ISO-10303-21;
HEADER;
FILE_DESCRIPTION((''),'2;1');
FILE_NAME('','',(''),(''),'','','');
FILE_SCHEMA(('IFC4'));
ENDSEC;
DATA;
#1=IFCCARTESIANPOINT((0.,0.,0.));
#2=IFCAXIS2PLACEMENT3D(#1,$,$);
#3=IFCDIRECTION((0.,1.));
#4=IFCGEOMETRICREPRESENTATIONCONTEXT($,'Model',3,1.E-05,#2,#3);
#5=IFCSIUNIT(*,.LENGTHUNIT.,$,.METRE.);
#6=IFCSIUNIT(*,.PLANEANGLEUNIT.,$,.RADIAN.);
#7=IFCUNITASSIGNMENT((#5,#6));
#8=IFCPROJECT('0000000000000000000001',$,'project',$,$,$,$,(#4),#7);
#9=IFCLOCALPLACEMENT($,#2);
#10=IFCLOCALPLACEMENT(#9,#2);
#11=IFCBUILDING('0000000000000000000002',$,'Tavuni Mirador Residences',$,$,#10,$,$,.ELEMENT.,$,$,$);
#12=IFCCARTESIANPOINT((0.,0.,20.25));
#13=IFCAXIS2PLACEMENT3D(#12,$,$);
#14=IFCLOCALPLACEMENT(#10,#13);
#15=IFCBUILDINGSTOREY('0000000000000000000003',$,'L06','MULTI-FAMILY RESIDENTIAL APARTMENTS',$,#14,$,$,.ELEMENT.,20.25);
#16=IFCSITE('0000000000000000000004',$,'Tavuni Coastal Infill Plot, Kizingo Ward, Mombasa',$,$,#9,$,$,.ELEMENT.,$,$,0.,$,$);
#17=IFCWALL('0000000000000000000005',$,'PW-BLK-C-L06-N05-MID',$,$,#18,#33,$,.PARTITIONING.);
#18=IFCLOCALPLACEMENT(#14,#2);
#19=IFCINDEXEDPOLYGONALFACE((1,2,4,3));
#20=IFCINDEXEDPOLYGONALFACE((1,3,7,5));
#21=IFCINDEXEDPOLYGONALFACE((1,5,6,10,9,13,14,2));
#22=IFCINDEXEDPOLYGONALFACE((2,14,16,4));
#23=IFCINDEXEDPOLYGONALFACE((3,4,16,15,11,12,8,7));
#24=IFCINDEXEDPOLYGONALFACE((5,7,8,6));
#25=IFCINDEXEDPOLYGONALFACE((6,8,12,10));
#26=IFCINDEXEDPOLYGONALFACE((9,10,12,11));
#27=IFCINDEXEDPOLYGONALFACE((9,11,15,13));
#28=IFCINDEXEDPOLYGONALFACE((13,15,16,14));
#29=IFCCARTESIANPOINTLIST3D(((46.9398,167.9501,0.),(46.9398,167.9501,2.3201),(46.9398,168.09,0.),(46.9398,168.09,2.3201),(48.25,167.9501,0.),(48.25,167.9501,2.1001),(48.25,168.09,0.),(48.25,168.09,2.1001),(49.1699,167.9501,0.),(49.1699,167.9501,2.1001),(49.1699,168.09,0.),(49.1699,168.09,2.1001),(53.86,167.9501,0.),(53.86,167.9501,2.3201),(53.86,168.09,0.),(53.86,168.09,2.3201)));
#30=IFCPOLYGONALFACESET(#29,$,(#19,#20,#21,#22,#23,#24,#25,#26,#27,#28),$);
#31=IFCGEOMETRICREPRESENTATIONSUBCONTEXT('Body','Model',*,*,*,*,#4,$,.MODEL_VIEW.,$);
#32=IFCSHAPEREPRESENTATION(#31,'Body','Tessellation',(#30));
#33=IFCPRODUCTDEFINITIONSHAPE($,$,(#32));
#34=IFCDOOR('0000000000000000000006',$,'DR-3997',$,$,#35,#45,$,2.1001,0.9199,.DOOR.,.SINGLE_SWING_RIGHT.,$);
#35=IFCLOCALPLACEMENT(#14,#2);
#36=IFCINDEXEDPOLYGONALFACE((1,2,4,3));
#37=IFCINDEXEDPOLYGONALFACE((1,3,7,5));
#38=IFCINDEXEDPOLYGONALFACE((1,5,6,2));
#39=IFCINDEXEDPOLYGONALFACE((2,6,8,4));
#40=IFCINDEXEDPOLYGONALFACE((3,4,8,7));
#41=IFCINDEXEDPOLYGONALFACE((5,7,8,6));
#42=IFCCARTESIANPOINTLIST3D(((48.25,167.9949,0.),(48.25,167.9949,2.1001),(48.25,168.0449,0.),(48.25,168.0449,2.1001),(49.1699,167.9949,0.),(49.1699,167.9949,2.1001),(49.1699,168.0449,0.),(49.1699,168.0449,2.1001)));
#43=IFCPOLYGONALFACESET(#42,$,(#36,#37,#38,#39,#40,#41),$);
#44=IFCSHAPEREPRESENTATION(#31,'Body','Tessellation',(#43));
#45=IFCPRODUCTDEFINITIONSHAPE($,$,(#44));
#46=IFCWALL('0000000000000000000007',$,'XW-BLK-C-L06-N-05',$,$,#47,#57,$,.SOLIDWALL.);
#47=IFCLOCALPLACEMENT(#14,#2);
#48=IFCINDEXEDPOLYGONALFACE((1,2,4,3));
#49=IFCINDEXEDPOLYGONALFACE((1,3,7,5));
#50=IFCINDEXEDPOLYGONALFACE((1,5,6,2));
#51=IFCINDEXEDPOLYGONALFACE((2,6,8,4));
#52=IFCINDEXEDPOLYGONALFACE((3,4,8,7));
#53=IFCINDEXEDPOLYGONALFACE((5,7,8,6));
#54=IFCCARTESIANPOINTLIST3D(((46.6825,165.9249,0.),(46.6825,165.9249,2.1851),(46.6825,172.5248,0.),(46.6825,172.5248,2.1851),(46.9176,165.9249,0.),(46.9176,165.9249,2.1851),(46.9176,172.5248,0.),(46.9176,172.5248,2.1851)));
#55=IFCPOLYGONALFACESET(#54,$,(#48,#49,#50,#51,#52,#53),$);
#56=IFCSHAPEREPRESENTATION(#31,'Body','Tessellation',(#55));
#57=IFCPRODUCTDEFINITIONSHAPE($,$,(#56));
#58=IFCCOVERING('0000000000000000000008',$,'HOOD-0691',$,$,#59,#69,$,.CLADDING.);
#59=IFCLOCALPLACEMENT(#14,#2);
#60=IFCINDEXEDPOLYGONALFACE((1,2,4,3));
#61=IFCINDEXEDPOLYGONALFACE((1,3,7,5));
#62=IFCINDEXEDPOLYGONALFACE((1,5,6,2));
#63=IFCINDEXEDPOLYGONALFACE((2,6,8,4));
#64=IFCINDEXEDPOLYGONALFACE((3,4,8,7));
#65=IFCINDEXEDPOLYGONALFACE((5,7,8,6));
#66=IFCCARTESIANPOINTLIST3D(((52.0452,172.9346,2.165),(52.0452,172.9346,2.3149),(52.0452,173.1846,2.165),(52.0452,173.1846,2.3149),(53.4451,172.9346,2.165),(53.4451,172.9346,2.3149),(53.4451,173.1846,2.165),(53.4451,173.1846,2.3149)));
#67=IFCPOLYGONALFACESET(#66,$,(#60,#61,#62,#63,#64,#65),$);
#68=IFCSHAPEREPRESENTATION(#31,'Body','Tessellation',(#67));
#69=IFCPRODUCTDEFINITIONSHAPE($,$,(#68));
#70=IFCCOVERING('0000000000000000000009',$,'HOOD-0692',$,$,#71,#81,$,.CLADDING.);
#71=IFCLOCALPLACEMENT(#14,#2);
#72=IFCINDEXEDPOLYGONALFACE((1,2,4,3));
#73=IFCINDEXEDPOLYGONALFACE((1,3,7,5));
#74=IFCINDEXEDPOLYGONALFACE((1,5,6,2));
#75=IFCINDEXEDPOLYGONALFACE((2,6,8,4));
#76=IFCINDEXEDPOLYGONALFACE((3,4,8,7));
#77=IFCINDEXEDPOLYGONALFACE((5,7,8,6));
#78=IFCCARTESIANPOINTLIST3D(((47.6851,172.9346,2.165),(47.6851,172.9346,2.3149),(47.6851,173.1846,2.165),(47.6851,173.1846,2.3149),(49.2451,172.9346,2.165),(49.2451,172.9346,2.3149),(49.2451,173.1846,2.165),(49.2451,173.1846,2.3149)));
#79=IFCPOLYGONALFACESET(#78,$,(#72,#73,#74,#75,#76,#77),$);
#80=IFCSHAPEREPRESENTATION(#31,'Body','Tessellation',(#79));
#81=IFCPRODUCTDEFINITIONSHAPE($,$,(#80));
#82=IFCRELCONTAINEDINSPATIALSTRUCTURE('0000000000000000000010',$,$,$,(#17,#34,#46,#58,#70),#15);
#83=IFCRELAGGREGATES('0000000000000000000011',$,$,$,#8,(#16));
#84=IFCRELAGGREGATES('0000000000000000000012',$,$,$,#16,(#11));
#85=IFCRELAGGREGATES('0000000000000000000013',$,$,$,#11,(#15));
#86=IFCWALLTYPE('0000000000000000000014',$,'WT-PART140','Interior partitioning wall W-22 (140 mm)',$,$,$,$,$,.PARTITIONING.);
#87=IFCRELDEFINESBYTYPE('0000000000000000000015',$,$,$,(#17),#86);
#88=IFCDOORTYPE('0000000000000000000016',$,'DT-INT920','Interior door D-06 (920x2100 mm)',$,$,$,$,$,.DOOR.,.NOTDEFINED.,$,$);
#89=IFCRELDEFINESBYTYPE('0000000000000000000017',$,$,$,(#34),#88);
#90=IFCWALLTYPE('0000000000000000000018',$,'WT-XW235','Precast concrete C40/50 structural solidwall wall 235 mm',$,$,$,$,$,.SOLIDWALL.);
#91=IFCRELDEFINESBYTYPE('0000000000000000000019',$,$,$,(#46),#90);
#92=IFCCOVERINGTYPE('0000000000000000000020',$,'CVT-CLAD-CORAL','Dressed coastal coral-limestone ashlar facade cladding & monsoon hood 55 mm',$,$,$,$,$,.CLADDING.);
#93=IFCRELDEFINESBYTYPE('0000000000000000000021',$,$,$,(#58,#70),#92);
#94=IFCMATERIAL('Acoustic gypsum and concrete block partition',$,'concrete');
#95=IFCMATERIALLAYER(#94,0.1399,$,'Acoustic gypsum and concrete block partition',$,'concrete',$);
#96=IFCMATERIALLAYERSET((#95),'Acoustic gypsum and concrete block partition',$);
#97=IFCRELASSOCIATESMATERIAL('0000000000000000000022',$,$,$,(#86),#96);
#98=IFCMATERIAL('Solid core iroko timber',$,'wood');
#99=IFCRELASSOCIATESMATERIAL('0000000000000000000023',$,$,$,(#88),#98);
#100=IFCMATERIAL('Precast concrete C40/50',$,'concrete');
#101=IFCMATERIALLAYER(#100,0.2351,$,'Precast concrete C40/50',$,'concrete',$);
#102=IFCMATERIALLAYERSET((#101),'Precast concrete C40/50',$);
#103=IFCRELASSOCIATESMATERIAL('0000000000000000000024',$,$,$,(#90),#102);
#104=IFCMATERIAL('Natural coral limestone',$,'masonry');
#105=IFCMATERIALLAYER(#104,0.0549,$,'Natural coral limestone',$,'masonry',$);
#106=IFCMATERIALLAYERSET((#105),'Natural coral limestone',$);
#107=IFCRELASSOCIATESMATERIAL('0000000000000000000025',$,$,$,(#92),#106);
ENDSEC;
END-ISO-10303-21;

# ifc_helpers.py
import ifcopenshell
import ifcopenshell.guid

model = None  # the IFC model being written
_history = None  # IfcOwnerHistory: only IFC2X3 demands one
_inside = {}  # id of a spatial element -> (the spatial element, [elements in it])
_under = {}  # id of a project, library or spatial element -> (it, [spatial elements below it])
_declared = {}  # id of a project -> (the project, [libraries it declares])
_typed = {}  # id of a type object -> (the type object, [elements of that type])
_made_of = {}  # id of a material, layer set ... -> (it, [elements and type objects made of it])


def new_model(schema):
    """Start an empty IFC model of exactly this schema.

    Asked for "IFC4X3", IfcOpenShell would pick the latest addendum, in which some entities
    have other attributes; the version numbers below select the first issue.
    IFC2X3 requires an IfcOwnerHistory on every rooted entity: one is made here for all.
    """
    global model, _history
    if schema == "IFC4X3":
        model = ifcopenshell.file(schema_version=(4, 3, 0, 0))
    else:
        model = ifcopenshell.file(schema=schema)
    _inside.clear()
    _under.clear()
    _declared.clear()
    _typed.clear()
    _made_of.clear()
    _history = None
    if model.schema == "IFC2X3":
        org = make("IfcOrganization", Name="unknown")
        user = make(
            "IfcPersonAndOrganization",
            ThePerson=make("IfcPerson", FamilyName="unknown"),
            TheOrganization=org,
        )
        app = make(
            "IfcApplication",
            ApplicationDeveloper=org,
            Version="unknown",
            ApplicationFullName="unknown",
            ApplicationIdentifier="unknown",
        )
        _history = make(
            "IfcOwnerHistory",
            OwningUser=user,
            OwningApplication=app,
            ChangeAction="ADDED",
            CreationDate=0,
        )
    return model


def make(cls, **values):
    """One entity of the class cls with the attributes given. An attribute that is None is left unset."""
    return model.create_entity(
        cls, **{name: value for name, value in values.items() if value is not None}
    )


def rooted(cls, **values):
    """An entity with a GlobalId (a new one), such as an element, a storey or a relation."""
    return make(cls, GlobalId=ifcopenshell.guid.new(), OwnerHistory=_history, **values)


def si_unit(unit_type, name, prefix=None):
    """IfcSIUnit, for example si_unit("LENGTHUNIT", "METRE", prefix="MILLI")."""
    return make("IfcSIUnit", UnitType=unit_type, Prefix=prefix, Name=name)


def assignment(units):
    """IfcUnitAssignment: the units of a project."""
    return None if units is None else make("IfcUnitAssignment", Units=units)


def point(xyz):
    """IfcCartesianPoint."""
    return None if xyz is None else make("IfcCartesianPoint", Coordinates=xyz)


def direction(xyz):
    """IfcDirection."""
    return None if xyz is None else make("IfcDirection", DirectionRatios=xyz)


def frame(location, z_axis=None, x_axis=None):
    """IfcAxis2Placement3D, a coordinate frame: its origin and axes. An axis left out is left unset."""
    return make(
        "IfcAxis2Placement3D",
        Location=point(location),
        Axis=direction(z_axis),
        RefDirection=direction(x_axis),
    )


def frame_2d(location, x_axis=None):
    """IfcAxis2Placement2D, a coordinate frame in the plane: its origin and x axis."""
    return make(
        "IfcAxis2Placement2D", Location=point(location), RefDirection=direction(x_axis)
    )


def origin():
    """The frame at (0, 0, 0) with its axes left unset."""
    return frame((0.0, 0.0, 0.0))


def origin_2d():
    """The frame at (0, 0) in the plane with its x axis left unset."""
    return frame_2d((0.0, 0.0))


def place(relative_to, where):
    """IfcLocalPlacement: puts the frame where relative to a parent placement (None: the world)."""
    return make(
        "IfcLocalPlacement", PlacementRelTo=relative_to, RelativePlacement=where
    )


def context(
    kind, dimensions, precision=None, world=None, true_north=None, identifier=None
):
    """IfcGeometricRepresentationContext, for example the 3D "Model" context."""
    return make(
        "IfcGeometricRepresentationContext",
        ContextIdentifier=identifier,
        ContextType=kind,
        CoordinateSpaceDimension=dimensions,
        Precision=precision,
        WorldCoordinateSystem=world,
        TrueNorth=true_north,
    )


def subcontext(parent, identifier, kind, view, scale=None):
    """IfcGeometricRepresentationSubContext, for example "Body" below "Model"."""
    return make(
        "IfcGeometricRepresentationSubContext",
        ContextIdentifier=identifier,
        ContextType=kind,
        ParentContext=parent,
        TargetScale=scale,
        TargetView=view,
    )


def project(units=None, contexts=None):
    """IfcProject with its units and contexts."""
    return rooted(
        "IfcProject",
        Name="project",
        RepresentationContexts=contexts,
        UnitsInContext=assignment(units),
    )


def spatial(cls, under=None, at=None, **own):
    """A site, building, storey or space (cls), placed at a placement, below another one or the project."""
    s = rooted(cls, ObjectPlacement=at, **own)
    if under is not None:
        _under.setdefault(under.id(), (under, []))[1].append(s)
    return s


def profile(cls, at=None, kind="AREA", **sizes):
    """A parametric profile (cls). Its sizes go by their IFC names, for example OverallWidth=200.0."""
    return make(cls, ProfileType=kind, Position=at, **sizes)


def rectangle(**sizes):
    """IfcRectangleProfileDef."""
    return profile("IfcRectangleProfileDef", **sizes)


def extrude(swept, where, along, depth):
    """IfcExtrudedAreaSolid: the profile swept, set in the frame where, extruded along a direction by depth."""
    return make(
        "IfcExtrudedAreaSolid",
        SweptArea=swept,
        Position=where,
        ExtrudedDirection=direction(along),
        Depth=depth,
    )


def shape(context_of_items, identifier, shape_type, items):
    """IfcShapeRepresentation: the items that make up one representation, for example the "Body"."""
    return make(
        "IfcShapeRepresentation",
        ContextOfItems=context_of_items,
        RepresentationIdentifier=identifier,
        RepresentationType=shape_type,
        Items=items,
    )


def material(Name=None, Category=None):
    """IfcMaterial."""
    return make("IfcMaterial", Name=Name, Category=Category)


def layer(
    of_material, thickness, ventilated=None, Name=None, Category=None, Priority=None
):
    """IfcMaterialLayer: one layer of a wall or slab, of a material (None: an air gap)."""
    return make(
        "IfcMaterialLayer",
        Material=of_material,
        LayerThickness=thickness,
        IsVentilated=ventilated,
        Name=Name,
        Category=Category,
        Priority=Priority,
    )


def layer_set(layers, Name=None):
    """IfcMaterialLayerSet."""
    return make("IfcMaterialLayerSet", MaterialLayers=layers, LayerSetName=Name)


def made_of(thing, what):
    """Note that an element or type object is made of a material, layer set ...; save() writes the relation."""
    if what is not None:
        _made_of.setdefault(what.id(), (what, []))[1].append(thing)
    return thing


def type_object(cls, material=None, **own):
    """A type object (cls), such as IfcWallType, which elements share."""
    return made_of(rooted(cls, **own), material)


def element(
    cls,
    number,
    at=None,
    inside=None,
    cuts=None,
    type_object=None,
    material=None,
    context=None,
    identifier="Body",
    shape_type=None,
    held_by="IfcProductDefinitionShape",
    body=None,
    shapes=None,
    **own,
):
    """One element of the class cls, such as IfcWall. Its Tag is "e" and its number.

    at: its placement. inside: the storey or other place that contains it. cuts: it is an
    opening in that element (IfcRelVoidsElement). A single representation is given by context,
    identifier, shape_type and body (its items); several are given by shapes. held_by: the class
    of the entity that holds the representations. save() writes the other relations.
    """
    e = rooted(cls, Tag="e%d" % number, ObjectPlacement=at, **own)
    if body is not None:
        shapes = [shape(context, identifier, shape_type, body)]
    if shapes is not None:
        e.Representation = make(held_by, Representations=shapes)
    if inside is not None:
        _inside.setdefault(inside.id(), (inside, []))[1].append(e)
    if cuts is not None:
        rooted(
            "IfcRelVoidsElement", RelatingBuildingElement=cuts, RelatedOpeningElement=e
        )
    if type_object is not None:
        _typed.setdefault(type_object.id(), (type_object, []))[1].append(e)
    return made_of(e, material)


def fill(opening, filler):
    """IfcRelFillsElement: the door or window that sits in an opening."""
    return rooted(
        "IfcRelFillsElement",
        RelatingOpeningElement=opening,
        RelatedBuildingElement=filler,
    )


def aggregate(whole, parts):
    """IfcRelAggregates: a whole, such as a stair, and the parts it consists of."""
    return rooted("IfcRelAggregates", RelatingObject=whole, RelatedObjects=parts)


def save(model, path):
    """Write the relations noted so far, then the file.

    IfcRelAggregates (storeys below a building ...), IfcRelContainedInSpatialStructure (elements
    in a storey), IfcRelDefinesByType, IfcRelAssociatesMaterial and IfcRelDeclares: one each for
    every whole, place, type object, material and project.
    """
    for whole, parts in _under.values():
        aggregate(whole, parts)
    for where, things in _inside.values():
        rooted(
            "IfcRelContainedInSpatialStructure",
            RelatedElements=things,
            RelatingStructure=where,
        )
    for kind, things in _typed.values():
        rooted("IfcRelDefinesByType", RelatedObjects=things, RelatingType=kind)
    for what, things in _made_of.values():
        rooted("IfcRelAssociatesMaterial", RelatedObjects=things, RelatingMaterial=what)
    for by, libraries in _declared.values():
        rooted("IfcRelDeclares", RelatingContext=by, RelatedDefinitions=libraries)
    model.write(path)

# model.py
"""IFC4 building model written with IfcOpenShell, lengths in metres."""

from ifc_helpers import new_model, si_unit, direction, frame, frame_2d, origin, origin_2d, place, context, subcontext, project, spatial, rectangle, extrude, material, layer, layer_set, type_object, element, fill, save


model = new_model("IFC4")

# Units and contexts
model_context = context("Model", 3, precision=1e-05, world=origin(), true_north=direction((0.0, 1.0)))
body_context = subcontext(model_context, "Body", "Model", "MODEL_VIEW")
ifc_project = project(units=[si_unit("LENGTHUNIT", "METRE"), si_unit("PLANEANGLEUNIT", "RADIAN")], contexts=[model_context])

# Site, building, storey
site_placement = place(None, origin())
site = spatial("IfcSite", under=ifc_project, at=site_placement, Name="Tavuni Coastal Infill Plot, Kizingo Ward, Mombasa", CompositionType="ELEMENT", RefElevation=0.0)
building_placement = place(site_placement, origin())
building = spatial("IfcBuilding", under=site, at=building_placement, Name="Tavuni Mirador Residences", CompositionType="ELEMENT")
storey_placement = place(building_placement, frame((0.0, 0.0, 20.25)))
storey = spatial("IfcBuildingStorey", under=building, at=storey_placement, Name="L06", Description="MULTI-FAMILY RESIDENTIAL APARTMENTS", CompositionType="ELEMENT", Elevation=20.25)

# Shared definitions
ifc_material_1 = material(Name="Precast concrete C40/50", Category="concrete")

# Shared definitions
ifc_material_2 = material(Name="Solid core iroko timber", Category="wood")

# Wall, opening, door
ifc_material_3 = material(Name="Acoustic gypsum and concrete block partition", Category="concrete")
ifc_layer_1 = layer(ifc_material_3, 0.1399, Name="Acoustic gypsum and concrete block partition", Category="concrete")
ifc_layer_set_1 = layer_set([ifc_layer_1], Name="Acoustic gypsum and concrete block partition")
wall_type_1 = type_object("IfcWallType", Name="WT-PART140", Description="Interior partitioning wall W-22 (140 mm)", PredefinedType="PARTITIONING", material=ifc_layer_set_1)
wall_1_placement = place(storey_placement, frame((46.9399, 168.02, 0.0), z_axis=(0.0, 0.0, 1.0), x_axis=(1.0, 0.0, 0.0)))
wall_1 = element("IfcWall", 1, at=wall_1_placement, inside=storey, type_object=wall_type_1, Name="PW-BLK-C-L06-N05-MID", PredefinedType="PARTITIONING", context=body_context, shape_type="SweptSolid", body=[
    extrude(rectangle(XDim=6.9202, YDim=0.1399, at=frame_2d((3.46, 0.0))), origin(), (0.0, 0.0, 1.0), 2.3201),
])
opening_1_placement = place(wall_1_placement, frame((1.3101, 0.0, 0.0)))
opening_1 = element("IfcOpeningElement", 2, at=opening_1_placement, cuts=wall_1, PredefinedType="OPENING", context=body_context, shape_type="SweptSolid", body=[
    extrude(rectangle(XDim=0.9199, YDim=2.1001, at=frame_2d((0.46, 1.05))), frame((0.0, 0.0801, 0.0), z_axis=(0.0, -1.0, 0.0), x_axis=(1.0, 0.0, 0.0)), (0.0, 0.0, 1.0), 0.1599),
])
door_type_1 = type_object("IfcDoorType", Name="DT-INT920", Description="Interior door D-06 (920x2100 mm)", OperationType="NOTDEFINED", PredefinedType="DOOR", material=ifc_material_2)
door_1_placement = place(opening_1_placement, origin())
door_1 = element("IfcDoor", 3, at=door_1_placement, inside=storey, type_object=door_type_1, Name="DR-3997", OperationType="SINGLE_SWING_RIGHT", OverallHeight=2.1001, OverallWidth=0.9199, PredefinedType="DOOR", context=body_context, shape_type="SweptSolid", body=[
    extrude(rectangle(XDim=0.9199, YDim=2.1001, at=frame_2d((0.46, 1.05))), frame((0.0, 0.0249, 0.0), z_axis=(0.0, -1.0, 0.0), x_axis=(1.0, 0.0, 0.0)), (0.0, 0.0, 1.0), 0.05),
])
fill(opening_1, door_1)

# Wall
ifc_layer_2 = layer(ifc_material_1, 0.2351, Name="Precast concrete C40/50", Category="concrete")
ifc_layer_set_2 = layer_set([ifc_layer_2], Name="Precast concrete C40/50")
wall_type_2 = type_object("IfcWallType", Name="WT-XW235", Description="Precast concrete C40/50 structural solidwall wall 235 mm", PredefinedType="SOLIDWALL", material=ifc_layer_set_2)
wall_2_placement = place(storey_placement, frame((46.8, 165.925, 0.0), z_axis=(0.0, 0.0, 1.0), x_axis=(0.0, 1.0, 0.0)))
element("IfcWall", 4, at=wall_2_placement, inside=storey, type_object=wall_type_2, Name="XW-BLK-C-L06-N-05", PredefinedType="SOLIDWALL", context=body_context, shape_type="SweptSolid", body=[
    extrude(rectangle(XDim=6.5999, YDim=0.2351, at=frame_2d((3.2998, 0.0))), origin(), (0.0, 0.0, 1.0), 2.1851),
])

# Coverings
ifc_material_4 = material(Name="Natural coral limestone", Category="masonry")
ifc_layer_3 = layer(ifc_material_4, 0.0549, Name="Natural coral limestone", Category="masonry")
ifc_layer_set_3 = layer_set([ifc_layer_3], Name="Natural coral limestone")
covering_type = type_object("IfcCoveringType", Name="CVT-CLAD-CORAL", Description="Dressed coastal coral-limestone ashlar facade cladding & monsoon hood 55 mm", PredefinedType="CLADDING", material=ifc_layer_set_3)
covering_1_placement = place(storey_placement, frame((52.7451, 173.0596, 2.165), z_axis=(0.0, 0.0, 1.0), x_axis=(-1.0, 0.0, 0.0)))
element("IfcCovering", 5, at=covering_1_placement, inside=storey, type_object=covering_type, Name="HOOD-0691", PredefinedType="CLADDING", context=body_context, shape_type="SweptSolid", body=[
    extrude(rectangle(XDim=1.3999, YDim=0.25, at=origin_2d()), origin(), (0.0, 0.0, 1.0), 0.1499),
])
covering_2_placement = place(storey_placement, frame((48.4651, 173.0596, 2.165), z_axis=(0.0, 0.0, 1.0), x_axis=(-1.0, 0.0, 0.0)))
element("IfcCovering", 6, at=covering_2_placement, inside=storey, type_object=covering_type, Name="HOOD-0692", PredefinedType="CLADDING", context=body_context, shape_type="SweptSolid", body=[
    extrude(rectangle(XDim=1.5601, YDim=0.25, at=origin_2d()), origin(), (0.0, 0.0, 1.0), 0.1499),
])

save(model, "model.ifc")
